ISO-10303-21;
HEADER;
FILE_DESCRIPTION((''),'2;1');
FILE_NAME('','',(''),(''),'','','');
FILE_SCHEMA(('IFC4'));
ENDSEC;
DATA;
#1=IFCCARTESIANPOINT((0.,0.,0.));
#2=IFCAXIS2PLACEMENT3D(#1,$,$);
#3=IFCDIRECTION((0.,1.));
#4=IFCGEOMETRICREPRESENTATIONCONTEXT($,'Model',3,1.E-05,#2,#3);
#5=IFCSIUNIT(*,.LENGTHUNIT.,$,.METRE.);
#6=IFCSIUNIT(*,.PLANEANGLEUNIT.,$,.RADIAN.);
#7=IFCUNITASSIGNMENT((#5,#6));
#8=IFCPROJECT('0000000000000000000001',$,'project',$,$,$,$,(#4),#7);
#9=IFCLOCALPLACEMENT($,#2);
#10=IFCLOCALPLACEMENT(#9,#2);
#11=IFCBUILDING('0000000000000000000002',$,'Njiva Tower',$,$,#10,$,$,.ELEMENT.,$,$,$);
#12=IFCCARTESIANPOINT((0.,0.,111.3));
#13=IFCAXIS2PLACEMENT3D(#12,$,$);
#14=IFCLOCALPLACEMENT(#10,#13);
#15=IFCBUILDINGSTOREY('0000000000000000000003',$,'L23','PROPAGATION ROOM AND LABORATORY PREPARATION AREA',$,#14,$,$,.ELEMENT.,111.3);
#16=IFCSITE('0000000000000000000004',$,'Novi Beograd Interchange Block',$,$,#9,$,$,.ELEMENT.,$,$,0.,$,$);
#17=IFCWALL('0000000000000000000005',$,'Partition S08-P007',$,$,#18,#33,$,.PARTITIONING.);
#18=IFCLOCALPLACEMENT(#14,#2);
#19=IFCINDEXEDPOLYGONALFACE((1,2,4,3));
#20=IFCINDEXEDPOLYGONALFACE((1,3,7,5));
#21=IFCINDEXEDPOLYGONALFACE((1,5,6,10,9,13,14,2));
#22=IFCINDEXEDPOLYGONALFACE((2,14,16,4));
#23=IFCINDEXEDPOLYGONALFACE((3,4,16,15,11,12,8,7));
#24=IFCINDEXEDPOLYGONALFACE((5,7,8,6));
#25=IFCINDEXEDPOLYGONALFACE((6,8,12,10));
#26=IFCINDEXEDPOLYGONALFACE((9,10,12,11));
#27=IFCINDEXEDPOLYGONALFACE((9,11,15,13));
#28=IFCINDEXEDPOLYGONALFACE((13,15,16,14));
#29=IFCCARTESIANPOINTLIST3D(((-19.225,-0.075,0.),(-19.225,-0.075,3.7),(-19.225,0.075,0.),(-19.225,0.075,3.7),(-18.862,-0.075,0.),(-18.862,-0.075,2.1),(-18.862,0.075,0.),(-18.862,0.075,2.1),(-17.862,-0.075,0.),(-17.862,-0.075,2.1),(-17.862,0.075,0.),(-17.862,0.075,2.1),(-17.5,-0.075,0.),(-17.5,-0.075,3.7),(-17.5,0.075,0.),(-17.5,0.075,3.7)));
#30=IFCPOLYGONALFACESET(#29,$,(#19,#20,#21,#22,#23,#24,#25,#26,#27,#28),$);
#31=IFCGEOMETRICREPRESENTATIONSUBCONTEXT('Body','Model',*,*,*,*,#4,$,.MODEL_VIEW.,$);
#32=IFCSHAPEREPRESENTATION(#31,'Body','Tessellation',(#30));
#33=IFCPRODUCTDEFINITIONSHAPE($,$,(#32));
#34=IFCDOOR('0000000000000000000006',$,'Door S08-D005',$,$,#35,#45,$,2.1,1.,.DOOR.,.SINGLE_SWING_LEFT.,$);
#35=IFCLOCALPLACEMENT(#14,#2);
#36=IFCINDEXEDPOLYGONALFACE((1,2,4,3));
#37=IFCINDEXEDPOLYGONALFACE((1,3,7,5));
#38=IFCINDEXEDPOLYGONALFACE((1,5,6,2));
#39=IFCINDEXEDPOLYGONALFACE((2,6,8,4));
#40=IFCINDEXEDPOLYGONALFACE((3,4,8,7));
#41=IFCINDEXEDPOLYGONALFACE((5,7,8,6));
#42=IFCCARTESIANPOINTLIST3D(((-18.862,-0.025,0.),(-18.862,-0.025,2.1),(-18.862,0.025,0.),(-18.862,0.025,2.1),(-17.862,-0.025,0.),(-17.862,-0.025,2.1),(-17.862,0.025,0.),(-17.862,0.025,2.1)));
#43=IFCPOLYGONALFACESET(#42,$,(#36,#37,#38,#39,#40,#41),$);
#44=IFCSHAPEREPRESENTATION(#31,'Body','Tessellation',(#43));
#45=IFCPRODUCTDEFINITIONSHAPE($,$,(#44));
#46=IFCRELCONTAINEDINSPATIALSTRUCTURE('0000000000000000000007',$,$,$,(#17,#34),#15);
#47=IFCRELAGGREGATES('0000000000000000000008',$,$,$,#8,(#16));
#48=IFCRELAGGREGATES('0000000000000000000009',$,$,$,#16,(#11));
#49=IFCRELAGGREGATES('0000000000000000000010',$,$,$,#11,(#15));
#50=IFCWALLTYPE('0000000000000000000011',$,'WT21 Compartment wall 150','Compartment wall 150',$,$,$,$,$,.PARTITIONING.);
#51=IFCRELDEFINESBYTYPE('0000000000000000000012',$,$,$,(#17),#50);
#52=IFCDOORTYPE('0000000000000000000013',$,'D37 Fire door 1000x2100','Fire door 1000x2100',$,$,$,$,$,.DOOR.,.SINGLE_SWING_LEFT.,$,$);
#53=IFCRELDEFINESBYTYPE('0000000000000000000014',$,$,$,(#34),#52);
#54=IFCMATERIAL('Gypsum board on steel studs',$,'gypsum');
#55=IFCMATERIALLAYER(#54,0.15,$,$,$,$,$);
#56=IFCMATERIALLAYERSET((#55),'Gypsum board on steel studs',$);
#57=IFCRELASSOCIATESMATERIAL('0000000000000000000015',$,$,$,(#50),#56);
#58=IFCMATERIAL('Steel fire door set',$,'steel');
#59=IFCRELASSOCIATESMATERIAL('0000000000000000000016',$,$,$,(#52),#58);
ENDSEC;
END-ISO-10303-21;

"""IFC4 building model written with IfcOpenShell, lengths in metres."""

from ifc_helpers import new_model, si_unit, direction, frame, frame_2d, origin, place, context, subcontext, project, spatial, rectangle, extrude, material, layer, layer_set, type_object, element, fill, save


model = new_model("IFC4")

# Units and contexts
model_context = context("Model", 3, precision=1e-05, world=origin(), true_north=direction((0.0, 1.0)))
body_context = subcontext(model_context, "Body", "Model", "MODEL_VIEW")
ifc_project = project(units=[si_unit("LENGTHUNIT", "METRE"), si_unit("PLANEANGLEUNIT", "RADIAN")], contexts=[model_context])

# Site, building, storey
site_placement = place(None, origin())
site = spatial("IfcSite", under=ifc_project, at=site_placement, Name="Novi Beograd Interchange Block", CompositionType="ELEMENT", RefElevation=0.0)
building_placement = place(site_placement, origin())
building = spatial("IfcBuilding", under=site, at=building_placement, Name="Njiva Tower", CompositionType="ELEMENT")
storey_placement = place(building_placement, frame((0.0, 0.0, 111.3)))
storey = spatial("IfcBuildingStorey", under=building, at=storey_placement, Name="L23", Description="PROPAGATION ROOM AND LABORATORY PREPARATION AREA", CompositionType="ELEMENT", Elevation=111.3)

# Shared definitions
ifc_material_1 = material(Name="Gypsum board on steel studs", Category="gypsum")
ifc_layer_1 = layer(ifc_material_1, 0.15)
ifc_layer_set_1 = layer_set([ifc_layer_1], Name="Gypsum board on steel studs")
wall_type_1 = type_object("IfcWallType", Name="WT21 Compartment wall 150", Description="Compartment wall 150", PredefinedType="PARTITIONING", material=ifc_layer_set_1)

# Wall, opening, door
wall_1_placement = place(storey_placement, frame((-19.225, 0.0, 0.0), z_axis=(0.0, 0.0, 1.0), x_axis=(1.0, 0.0, 0.0)))
wall_1 = element("IfcWall", 1, at=wall_1_placement, inside=storey, type_object=wall_type_1, Name="Partition S08-P007", PredefinedType="PARTITIONING", context=body_context, shape_type="SweptSolid", body=[
    extrude(rectangle(XDim=1.725, YDim=0.15, at=frame_2d((0.8625, 0.0))), origin(), (0.0, 0.0, 1.0), 3.7),
])
opening_1_placement = place(wall_1_placement, frame((0.363, 0.0, 0.0)))
opening_1 = element("IfcOpeningElement", 2, at=opening_1_placement, cuts=wall_1, PredefinedType="OPENING", context=body_context, shape_type="SweptSolid", body=[
    extrude(rectangle(XDim=1.0, YDim=2.1, at=frame_2d((0.5, 1.05))), frame((0.0, 0.085, 0.0), z_axis=(0.0, -1.0, 0.0), x_axis=(1.0, 0.0, 0.0)), (0.0, 0.0, 1.0), 0.17),
])
ifc_material_2 = material(Name="Steel fire door set", Category="steel")
door_type_1 = type_object("IfcDoorType", Name="D37 Fire door 1000x2100", Description="Fire door 1000x2100", OperationType="SINGLE_SWING_LEFT", PredefinedType="DOOR", material=ifc_material_2)
door_1_placement = place(opening_1_placement, origin())
door_1 = element("IfcDoor", 3, at=door_1_placement, inside=storey, type_object=door_type_1, Name="Door S08-D005", OperationType="SINGLE_SWING_LEFT", OverallHeight=2.1, OverallWidth=1.0, PredefinedType="DOOR", context=body_context, shape_type="SweptSolid", body=[
    extrude(rectangle(XDim=1.0, YDim=2.1, at=frame_2d((0.5, 1.05))), frame((0.0, 0.025, 0.0), z_axis=(0.0, -1.0, 0.0), x_axis=(1.0, 0.0, 0.0)), (0.0, 0.0, 1.0), 0.05),
])
fill(opening_1, door_1)

save(model, "model.ifc")
